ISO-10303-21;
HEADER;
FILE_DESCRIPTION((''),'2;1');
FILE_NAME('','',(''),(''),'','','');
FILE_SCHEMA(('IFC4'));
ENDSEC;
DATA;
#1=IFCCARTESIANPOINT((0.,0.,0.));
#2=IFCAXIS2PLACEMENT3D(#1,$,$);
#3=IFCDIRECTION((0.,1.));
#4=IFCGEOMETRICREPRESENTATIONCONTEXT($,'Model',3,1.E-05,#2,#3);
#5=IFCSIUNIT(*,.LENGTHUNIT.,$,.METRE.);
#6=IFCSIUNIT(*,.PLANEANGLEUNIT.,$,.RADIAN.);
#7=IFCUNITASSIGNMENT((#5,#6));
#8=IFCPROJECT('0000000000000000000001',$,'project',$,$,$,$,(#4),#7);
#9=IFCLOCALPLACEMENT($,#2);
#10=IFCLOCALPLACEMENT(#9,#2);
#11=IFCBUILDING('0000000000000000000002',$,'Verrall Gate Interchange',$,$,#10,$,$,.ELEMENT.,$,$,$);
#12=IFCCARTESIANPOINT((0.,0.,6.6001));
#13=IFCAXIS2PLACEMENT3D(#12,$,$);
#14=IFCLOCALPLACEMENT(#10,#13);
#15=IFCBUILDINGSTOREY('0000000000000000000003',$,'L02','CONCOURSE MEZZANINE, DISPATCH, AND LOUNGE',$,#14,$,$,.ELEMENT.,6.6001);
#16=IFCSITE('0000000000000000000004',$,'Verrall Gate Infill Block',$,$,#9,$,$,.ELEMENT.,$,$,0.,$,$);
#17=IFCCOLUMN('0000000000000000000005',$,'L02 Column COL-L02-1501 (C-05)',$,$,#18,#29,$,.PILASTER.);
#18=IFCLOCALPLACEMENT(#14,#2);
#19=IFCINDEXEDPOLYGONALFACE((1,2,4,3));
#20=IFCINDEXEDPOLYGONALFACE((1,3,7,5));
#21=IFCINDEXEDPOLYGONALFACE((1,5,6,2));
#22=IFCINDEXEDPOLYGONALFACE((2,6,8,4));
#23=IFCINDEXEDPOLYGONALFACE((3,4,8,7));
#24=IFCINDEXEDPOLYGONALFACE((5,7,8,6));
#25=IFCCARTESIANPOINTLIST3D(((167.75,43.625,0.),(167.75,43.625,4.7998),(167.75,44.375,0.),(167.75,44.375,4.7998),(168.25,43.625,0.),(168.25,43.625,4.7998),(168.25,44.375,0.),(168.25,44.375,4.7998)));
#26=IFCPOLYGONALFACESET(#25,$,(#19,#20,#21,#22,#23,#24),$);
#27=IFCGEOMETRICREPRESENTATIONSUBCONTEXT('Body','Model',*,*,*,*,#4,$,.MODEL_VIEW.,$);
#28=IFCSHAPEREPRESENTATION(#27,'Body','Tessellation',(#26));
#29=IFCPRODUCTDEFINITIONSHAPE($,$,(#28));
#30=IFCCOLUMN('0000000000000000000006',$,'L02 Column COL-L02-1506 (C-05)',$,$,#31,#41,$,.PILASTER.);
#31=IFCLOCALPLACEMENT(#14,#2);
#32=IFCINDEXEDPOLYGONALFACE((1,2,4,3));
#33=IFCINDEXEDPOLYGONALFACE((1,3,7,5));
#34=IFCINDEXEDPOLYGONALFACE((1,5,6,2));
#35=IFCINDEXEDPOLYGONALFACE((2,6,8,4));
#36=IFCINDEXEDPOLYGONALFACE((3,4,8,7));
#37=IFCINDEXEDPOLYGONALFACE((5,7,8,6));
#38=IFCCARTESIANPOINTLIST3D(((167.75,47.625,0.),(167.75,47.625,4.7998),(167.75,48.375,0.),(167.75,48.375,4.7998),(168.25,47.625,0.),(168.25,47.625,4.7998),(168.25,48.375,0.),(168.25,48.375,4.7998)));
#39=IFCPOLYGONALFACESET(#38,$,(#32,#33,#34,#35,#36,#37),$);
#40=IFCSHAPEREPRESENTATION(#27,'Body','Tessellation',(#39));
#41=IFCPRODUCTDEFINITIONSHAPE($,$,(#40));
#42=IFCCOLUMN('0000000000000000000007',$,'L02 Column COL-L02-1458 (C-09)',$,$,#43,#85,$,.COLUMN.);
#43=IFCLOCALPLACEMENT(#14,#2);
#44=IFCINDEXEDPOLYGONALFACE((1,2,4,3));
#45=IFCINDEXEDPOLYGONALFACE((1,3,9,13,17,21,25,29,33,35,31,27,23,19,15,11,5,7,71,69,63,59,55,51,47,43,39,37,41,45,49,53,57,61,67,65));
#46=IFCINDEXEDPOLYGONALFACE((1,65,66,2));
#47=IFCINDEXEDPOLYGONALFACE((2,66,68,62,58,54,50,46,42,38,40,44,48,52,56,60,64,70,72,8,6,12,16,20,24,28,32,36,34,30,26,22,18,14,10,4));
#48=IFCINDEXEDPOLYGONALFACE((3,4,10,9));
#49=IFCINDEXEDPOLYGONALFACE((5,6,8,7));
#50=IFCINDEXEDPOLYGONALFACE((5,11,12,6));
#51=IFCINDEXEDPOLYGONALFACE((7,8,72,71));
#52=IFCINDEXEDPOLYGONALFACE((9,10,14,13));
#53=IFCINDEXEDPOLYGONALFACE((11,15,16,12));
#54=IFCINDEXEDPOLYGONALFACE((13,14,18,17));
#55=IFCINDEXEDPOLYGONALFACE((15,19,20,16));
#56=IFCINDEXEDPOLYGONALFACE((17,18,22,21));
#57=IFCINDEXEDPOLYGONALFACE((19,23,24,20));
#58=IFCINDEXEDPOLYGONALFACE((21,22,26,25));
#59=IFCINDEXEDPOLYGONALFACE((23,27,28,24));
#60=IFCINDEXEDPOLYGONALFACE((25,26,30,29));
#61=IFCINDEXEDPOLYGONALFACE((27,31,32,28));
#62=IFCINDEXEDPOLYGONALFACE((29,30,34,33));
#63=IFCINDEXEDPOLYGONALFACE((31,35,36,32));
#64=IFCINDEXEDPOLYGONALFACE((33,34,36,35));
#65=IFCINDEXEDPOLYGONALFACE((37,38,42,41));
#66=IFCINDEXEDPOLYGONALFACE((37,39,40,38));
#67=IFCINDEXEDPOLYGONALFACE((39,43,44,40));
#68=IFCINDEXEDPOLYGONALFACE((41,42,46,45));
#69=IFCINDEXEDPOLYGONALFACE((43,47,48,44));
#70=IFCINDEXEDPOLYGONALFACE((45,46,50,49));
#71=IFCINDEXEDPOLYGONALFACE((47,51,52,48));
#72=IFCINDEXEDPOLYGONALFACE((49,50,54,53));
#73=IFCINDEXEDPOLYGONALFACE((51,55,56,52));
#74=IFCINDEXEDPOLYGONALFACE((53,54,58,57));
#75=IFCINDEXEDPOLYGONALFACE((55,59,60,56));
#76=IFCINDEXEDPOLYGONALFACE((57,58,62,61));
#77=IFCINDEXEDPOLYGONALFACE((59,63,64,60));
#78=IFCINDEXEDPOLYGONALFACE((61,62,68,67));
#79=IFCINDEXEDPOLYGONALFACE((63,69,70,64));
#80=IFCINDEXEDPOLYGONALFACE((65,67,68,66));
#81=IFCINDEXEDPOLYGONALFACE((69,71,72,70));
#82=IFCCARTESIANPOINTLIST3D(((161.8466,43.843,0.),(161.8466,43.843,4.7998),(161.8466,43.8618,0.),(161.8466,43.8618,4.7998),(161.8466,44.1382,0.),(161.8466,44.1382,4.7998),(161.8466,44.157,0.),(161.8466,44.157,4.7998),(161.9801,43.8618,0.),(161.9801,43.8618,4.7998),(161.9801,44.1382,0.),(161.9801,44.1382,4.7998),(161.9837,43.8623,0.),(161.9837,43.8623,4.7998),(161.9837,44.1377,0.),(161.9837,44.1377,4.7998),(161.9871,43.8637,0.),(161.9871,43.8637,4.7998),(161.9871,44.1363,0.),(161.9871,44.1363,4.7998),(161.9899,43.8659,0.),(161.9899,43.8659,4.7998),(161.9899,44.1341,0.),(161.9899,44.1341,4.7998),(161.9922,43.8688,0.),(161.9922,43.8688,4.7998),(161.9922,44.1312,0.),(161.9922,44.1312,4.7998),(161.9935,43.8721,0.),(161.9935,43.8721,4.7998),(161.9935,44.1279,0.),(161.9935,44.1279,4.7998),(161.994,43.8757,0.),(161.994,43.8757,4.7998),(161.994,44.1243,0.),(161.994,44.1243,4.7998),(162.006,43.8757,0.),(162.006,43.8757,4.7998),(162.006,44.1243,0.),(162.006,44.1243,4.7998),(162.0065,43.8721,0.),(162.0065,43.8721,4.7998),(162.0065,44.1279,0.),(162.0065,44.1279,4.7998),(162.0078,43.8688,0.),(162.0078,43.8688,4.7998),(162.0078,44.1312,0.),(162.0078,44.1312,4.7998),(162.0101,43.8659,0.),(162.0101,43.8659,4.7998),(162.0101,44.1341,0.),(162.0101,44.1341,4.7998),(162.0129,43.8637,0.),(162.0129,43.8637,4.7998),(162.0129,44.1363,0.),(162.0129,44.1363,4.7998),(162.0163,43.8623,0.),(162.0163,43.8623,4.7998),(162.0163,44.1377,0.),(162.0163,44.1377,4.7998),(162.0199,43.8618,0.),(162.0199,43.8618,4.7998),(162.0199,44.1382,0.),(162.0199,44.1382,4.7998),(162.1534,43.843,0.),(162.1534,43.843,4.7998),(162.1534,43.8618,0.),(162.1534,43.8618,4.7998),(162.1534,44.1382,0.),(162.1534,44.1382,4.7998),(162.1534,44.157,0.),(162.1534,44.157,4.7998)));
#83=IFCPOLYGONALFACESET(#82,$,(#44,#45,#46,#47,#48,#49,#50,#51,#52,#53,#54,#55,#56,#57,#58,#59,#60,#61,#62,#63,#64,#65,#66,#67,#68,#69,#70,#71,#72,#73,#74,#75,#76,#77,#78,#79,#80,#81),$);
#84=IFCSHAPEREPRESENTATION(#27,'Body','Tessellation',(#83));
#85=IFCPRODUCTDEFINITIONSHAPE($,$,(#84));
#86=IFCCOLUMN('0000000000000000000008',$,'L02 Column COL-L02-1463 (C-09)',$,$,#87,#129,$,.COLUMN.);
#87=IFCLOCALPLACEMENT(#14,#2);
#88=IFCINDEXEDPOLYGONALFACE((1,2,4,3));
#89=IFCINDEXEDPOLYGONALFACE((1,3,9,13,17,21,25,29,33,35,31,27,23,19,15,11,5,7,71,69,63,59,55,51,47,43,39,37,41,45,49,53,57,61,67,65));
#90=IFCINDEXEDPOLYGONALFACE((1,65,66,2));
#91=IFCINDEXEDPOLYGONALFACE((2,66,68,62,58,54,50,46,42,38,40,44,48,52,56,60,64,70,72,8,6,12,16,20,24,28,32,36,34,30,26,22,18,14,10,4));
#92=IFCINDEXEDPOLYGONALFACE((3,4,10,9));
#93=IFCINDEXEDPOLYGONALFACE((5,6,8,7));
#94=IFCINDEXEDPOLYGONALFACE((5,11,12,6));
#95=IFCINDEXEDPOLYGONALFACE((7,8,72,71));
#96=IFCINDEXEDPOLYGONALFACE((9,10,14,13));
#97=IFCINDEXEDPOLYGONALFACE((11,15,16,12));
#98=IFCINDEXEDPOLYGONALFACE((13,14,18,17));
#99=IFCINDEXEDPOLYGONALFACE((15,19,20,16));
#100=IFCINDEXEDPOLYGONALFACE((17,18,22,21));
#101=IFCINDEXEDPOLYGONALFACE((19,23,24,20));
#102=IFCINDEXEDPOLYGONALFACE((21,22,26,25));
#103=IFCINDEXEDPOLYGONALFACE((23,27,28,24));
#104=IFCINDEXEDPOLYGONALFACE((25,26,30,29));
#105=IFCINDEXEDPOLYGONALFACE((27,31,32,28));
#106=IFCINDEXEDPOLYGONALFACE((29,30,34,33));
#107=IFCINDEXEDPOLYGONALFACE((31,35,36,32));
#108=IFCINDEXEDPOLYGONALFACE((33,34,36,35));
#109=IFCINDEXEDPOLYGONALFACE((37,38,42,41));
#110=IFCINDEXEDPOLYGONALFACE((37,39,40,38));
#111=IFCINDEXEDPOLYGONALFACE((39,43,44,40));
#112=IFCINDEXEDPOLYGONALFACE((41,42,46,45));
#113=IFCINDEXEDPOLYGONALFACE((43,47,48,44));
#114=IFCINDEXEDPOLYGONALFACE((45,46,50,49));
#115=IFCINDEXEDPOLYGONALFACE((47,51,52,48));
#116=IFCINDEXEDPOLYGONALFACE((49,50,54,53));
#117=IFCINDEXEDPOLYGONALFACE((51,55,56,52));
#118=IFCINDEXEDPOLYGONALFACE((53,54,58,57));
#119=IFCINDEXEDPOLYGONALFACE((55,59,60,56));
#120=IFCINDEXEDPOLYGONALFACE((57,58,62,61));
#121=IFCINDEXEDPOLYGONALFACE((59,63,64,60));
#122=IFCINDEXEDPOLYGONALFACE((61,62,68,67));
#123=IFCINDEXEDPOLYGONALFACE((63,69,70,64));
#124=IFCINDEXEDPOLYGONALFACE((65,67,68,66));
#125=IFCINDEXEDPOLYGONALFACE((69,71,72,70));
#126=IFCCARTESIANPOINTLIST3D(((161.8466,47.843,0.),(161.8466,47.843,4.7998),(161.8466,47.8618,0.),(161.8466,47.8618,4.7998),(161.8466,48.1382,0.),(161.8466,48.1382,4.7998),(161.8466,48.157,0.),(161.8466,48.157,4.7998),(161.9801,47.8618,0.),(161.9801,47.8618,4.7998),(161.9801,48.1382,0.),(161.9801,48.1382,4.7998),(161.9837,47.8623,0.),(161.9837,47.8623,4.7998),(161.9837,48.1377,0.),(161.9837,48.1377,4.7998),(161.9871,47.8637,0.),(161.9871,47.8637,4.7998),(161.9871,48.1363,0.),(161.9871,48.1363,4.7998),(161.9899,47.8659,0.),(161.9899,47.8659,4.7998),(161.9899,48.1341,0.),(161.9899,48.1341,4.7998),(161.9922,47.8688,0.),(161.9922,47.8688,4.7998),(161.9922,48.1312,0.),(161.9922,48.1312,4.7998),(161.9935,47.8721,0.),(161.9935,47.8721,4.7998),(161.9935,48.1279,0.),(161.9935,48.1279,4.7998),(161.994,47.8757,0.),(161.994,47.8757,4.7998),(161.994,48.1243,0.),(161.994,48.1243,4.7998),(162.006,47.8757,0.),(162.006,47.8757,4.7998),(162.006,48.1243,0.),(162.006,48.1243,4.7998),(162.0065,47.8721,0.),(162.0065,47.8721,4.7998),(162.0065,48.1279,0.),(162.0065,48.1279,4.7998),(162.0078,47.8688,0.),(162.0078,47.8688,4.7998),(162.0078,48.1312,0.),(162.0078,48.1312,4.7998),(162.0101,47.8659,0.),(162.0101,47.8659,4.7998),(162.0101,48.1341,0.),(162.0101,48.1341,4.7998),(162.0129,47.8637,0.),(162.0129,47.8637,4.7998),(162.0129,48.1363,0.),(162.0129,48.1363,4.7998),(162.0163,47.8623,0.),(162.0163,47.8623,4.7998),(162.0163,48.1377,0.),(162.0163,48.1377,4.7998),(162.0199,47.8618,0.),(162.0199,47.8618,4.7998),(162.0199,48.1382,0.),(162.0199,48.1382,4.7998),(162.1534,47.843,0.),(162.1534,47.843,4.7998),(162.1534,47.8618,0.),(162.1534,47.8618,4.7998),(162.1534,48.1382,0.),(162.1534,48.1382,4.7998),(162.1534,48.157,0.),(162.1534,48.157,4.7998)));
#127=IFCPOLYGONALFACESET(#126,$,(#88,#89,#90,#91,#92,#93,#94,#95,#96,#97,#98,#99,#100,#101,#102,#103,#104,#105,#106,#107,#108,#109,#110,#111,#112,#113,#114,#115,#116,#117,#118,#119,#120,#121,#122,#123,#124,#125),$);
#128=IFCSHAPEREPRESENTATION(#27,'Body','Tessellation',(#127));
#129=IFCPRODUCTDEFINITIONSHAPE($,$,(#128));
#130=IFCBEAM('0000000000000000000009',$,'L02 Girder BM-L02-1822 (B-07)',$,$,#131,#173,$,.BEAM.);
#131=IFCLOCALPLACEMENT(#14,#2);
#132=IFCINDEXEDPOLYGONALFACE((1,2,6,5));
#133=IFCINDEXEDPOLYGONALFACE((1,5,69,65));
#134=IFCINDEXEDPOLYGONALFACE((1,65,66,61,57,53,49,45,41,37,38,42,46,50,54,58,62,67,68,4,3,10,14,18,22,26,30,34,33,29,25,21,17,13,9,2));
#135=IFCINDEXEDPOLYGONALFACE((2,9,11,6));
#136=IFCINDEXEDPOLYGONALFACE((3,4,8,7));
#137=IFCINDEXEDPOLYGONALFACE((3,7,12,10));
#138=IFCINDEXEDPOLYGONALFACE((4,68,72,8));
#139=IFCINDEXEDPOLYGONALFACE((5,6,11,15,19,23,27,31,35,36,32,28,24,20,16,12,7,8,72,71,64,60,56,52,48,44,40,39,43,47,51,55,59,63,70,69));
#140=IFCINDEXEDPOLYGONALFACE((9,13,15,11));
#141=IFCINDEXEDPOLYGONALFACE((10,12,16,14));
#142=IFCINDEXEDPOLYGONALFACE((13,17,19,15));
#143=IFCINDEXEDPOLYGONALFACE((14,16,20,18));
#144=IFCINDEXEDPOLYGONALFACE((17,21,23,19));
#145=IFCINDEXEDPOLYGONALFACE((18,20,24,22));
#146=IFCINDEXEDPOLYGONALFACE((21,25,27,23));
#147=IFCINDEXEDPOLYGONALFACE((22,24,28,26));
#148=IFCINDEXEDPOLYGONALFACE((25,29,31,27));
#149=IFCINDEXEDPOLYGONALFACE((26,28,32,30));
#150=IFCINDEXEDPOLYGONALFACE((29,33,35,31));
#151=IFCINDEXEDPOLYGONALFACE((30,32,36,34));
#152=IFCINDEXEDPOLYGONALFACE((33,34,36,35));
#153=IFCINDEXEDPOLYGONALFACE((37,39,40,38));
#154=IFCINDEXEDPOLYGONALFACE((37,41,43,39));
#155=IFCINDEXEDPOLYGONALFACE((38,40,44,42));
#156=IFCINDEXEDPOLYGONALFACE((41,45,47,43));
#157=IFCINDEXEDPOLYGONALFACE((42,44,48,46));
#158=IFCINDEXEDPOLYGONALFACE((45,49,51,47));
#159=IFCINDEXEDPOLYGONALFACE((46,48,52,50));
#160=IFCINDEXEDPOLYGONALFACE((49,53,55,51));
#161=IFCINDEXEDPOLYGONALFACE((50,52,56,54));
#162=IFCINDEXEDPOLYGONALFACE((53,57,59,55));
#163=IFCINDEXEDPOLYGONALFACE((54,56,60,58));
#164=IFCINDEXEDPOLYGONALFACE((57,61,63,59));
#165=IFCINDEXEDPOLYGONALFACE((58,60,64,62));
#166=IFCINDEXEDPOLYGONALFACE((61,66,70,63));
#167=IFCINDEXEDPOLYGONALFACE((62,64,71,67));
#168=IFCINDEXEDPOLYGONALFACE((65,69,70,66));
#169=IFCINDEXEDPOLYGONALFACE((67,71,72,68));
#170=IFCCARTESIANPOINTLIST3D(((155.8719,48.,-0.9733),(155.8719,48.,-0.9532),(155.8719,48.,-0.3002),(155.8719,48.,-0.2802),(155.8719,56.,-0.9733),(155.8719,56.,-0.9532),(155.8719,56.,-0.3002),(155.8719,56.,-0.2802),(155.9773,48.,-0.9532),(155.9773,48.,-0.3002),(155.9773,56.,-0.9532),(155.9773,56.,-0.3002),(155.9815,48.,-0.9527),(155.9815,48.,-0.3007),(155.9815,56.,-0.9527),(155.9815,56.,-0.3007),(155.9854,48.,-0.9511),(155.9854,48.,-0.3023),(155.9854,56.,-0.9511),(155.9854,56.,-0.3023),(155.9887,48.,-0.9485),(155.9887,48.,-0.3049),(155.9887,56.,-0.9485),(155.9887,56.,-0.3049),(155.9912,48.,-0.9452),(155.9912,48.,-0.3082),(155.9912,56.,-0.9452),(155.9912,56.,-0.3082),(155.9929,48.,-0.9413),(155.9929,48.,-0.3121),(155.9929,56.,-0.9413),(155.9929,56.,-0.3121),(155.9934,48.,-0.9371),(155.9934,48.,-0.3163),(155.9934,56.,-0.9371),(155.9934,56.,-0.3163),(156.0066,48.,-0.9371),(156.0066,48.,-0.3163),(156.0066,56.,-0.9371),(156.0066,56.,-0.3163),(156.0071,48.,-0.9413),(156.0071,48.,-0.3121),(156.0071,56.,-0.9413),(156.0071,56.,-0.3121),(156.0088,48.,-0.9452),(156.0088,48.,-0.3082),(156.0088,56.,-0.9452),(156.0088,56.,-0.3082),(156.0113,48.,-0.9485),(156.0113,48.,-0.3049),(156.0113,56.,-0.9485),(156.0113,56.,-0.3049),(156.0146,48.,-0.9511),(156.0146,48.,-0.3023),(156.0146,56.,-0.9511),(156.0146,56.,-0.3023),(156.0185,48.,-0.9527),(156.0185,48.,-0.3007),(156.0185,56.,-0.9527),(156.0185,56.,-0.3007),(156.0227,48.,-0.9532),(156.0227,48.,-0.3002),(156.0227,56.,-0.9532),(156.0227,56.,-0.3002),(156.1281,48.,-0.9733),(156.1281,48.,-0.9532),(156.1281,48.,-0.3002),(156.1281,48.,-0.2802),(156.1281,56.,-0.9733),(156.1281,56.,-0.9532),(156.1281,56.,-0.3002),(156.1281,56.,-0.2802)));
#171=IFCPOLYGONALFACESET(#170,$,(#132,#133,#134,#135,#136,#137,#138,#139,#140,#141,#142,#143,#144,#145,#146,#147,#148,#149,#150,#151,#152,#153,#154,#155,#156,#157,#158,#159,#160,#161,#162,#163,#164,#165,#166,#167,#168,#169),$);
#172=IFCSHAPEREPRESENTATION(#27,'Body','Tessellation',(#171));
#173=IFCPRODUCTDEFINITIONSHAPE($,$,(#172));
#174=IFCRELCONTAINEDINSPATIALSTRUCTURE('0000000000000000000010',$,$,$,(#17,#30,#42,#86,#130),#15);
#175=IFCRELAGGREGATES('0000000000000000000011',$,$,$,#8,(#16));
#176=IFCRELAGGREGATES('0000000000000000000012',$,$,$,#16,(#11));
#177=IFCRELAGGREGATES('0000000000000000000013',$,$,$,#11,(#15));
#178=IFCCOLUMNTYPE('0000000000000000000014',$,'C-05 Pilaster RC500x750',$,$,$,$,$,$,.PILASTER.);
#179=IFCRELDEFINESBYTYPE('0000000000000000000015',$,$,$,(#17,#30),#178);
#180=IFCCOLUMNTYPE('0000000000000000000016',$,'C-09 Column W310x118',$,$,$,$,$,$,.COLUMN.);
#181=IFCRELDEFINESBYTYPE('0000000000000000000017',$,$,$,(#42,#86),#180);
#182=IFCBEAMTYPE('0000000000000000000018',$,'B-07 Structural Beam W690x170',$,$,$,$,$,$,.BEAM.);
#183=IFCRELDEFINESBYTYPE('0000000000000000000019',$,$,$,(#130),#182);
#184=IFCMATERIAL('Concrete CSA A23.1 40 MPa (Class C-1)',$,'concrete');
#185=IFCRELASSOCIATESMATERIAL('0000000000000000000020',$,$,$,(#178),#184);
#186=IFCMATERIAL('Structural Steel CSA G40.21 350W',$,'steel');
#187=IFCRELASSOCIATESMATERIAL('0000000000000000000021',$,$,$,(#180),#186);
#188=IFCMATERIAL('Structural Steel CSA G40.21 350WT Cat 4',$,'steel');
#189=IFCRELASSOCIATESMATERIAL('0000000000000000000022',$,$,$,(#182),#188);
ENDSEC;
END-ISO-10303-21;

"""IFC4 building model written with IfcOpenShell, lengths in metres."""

from ifc_helpers import new_model, si_unit, direction, frame, origin, origin_2d, place, context, subcontext, project, spatial, rectangle, i_section, extrude, material, material_profile, profile_set, type_object, element, save


model = new_model("IFC4")

# Units and contexts
model_context = context("Model", 3, precision=1e-05, world=origin(), true_north=direction((0.0, 1.0)))
body_context = subcontext(model_context, "Body", "Model", "MODEL_VIEW")
ifc_project = project(units=[si_unit("LENGTHUNIT", "METRE"), si_unit("PLANEANGLEUNIT", "RADIAN")], contexts=[model_context])

# Site, building, storey
site_placement = place(None, origin())
site = spatial("IfcSite", under=ifc_project, at=site_placement, Name="Verrall Gate Infill Block", CompositionType="ELEMENT", RefElevation=0.0)
building_placement = place(site_placement, origin())
building = spatial("IfcBuilding", under=site, at=building_placement, Name="Verrall Gate Interchange", CompositionType="ELEMENT")
storey_placement = place(building_placement, frame((0.0, 0.0, 6.6001)))
storey = spatial("IfcBuildingStorey", under=building, at=storey_placement, Name="L02", Description="CONCOURSE MEZZANINE, DISPATCH, AND LOUNGE", CompositionType="ELEMENT", Elevation=6.6001)

# Columns
ifc_material_1 = material(Name="Concrete CSA A23.1 40 MPa (Class C-1)", Category="concrete")
ifc_material_profile_1 = material_profile(ifc_material_1, rectangle(XDim=0.5, YDim=0.75, at=origin_2d()), Name="RC500x750")
ifc_profile_set_1 = profile_set([ifc_material_profile_1], Name="Concrete CSA A23.1 40 MPa (Class C-1)")
column_type_1 = type_object("IfcColumnType", Name="C-05 Pilaster RC500x750", PredefinedType="PILASTER", material=ifc_profile_set_1)
for number, where, z_axis, x_axis, name in (
    (1, (168.0, 44.0, 0.0), (0.0, 0.0, 1.0), (1.0, 0.0, 0.0), "L02 Column COL-L02-1501 (C-05)"),
    (2, (168.0, 48.0, 0.0), (0.0, 0.0, 1.0), (1.0, 0.0, 0.0), "L02 Column COL-L02-1506 (C-05)"),
):
    element("IfcColumn", number, at=place(storey_placement, frame(where, z_axis=z_axis, x_axis=x_axis)), inside=storey, type_object=column_type_1, Name=name, PredefinedType="PILASTER", context=body_context, shape_type="SweptSolid", body=[
        extrude(rectangle(XDim=0.5, YDim=0.75, at=origin_2d()), origin(), (0.0, 0.0, 1.0), 4.7998),
    ])
ifc_material_2 = material(Name="Structural Steel CSA G40.21 350W", Category="steel")
ifc_material_profile_2 = material_profile(ifc_material_2, i_section(OverallWidth=0.3069, OverallDepth=0.314, WebThickness=0.012, FlangeThickness=0.0188, FilletRadius=0.0139, at=origin_2d()), Name="W310x118")
ifc_profile_set_2 = profile_set([ifc_material_profile_2], Name="Structural Steel CSA G40.21 350W")
column_type_2 = type_object("IfcColumnType", Name="C-09 Column W310x118", PredefinedType="COLUMN", material=ifc_profile_set_2)
for number, where, z_axis, x_axis, name in (
    (3, (162.0, 44.0, 0.0), (0.0, 0.0, 1.0), (1.0, 0.0, 0.0), "L02 Column COL-L02-1458 (C-09)"),
    (4, (162.0, 48.0, 0.0), (0.0, 0.0, 1.0), (1.0, 0.0, 0.0), "L02 Column COL-L02-1463 (C-09)"),
):
    element("IfcColumn", number, at=place(storey_placement, frame(where, z_axis=z_axis, x_axis=x_axis)), inside=storey, type_object=column_type_2, Name=name, PredefinedType="COLUMN", context=body_context, shape_type="SweptSolid", body=[
        extrude(i_section(OverallWidth=0.3069, OverallDepth=0.314, WebThickness=0.012, FlangeThickness=0.0188, FilletRadius=0.0139, at=origin_2d()), origin(), (0.0, 0.0, 1.0), 4.7998),
    ])

# Beam
ifc_material_3 = material(Name="Structural Steel CSA G40.21 350WT Cat 4", Category="steel")
ifc_material_profile_3 = material_profile(ifc_material_3, i_section(OverallWidth=0.2561, OverallDepth=0.6931, WebThickness=0.0132, FlangeThickness=0.02, FilletRadius=0.0161, at=origin_2d()), Name="W690x170")
ifc_profile_set_3 = profile_set([ifc_material_profile_3], Name="Structural Steel CSA G40.21 350WT Cat 4")
beam_type_1 = type_object("IfcBeamType", Name="B-07 Structural Beam W690x170", PredefinedType="BEAM", material=ifc_profile_set_3)
for number, where, z_axis, x_axis, name in (
    (5, (156.0, 48.0, -0.6267), (0.0, 1.0, 0.0), (-1.0, 0.0, 0.0), "L02 Girder BM-L02-1822 (B-07)"),
):
    element("IfcBeam", number, at=place(storey_placement, frame(where, z_axis=z_axis, x_axis=x_axis)), inside=storey, type_object=beam_type_1, Name=name, PredefinedType="BEAM", context=body_context, shape_type="SweptSolid", body=[
        extrude(i_section(OverallWidth=0.2561, OverallDepth=0.6931, WebThickness=0.0132, FlangeThickness=0.02, FilletRadius=0.0161, at=origin_2d()), origin(), (0.0, 0.0, 1.0), 8.0),
    ])

save(model, "model.ifc")
